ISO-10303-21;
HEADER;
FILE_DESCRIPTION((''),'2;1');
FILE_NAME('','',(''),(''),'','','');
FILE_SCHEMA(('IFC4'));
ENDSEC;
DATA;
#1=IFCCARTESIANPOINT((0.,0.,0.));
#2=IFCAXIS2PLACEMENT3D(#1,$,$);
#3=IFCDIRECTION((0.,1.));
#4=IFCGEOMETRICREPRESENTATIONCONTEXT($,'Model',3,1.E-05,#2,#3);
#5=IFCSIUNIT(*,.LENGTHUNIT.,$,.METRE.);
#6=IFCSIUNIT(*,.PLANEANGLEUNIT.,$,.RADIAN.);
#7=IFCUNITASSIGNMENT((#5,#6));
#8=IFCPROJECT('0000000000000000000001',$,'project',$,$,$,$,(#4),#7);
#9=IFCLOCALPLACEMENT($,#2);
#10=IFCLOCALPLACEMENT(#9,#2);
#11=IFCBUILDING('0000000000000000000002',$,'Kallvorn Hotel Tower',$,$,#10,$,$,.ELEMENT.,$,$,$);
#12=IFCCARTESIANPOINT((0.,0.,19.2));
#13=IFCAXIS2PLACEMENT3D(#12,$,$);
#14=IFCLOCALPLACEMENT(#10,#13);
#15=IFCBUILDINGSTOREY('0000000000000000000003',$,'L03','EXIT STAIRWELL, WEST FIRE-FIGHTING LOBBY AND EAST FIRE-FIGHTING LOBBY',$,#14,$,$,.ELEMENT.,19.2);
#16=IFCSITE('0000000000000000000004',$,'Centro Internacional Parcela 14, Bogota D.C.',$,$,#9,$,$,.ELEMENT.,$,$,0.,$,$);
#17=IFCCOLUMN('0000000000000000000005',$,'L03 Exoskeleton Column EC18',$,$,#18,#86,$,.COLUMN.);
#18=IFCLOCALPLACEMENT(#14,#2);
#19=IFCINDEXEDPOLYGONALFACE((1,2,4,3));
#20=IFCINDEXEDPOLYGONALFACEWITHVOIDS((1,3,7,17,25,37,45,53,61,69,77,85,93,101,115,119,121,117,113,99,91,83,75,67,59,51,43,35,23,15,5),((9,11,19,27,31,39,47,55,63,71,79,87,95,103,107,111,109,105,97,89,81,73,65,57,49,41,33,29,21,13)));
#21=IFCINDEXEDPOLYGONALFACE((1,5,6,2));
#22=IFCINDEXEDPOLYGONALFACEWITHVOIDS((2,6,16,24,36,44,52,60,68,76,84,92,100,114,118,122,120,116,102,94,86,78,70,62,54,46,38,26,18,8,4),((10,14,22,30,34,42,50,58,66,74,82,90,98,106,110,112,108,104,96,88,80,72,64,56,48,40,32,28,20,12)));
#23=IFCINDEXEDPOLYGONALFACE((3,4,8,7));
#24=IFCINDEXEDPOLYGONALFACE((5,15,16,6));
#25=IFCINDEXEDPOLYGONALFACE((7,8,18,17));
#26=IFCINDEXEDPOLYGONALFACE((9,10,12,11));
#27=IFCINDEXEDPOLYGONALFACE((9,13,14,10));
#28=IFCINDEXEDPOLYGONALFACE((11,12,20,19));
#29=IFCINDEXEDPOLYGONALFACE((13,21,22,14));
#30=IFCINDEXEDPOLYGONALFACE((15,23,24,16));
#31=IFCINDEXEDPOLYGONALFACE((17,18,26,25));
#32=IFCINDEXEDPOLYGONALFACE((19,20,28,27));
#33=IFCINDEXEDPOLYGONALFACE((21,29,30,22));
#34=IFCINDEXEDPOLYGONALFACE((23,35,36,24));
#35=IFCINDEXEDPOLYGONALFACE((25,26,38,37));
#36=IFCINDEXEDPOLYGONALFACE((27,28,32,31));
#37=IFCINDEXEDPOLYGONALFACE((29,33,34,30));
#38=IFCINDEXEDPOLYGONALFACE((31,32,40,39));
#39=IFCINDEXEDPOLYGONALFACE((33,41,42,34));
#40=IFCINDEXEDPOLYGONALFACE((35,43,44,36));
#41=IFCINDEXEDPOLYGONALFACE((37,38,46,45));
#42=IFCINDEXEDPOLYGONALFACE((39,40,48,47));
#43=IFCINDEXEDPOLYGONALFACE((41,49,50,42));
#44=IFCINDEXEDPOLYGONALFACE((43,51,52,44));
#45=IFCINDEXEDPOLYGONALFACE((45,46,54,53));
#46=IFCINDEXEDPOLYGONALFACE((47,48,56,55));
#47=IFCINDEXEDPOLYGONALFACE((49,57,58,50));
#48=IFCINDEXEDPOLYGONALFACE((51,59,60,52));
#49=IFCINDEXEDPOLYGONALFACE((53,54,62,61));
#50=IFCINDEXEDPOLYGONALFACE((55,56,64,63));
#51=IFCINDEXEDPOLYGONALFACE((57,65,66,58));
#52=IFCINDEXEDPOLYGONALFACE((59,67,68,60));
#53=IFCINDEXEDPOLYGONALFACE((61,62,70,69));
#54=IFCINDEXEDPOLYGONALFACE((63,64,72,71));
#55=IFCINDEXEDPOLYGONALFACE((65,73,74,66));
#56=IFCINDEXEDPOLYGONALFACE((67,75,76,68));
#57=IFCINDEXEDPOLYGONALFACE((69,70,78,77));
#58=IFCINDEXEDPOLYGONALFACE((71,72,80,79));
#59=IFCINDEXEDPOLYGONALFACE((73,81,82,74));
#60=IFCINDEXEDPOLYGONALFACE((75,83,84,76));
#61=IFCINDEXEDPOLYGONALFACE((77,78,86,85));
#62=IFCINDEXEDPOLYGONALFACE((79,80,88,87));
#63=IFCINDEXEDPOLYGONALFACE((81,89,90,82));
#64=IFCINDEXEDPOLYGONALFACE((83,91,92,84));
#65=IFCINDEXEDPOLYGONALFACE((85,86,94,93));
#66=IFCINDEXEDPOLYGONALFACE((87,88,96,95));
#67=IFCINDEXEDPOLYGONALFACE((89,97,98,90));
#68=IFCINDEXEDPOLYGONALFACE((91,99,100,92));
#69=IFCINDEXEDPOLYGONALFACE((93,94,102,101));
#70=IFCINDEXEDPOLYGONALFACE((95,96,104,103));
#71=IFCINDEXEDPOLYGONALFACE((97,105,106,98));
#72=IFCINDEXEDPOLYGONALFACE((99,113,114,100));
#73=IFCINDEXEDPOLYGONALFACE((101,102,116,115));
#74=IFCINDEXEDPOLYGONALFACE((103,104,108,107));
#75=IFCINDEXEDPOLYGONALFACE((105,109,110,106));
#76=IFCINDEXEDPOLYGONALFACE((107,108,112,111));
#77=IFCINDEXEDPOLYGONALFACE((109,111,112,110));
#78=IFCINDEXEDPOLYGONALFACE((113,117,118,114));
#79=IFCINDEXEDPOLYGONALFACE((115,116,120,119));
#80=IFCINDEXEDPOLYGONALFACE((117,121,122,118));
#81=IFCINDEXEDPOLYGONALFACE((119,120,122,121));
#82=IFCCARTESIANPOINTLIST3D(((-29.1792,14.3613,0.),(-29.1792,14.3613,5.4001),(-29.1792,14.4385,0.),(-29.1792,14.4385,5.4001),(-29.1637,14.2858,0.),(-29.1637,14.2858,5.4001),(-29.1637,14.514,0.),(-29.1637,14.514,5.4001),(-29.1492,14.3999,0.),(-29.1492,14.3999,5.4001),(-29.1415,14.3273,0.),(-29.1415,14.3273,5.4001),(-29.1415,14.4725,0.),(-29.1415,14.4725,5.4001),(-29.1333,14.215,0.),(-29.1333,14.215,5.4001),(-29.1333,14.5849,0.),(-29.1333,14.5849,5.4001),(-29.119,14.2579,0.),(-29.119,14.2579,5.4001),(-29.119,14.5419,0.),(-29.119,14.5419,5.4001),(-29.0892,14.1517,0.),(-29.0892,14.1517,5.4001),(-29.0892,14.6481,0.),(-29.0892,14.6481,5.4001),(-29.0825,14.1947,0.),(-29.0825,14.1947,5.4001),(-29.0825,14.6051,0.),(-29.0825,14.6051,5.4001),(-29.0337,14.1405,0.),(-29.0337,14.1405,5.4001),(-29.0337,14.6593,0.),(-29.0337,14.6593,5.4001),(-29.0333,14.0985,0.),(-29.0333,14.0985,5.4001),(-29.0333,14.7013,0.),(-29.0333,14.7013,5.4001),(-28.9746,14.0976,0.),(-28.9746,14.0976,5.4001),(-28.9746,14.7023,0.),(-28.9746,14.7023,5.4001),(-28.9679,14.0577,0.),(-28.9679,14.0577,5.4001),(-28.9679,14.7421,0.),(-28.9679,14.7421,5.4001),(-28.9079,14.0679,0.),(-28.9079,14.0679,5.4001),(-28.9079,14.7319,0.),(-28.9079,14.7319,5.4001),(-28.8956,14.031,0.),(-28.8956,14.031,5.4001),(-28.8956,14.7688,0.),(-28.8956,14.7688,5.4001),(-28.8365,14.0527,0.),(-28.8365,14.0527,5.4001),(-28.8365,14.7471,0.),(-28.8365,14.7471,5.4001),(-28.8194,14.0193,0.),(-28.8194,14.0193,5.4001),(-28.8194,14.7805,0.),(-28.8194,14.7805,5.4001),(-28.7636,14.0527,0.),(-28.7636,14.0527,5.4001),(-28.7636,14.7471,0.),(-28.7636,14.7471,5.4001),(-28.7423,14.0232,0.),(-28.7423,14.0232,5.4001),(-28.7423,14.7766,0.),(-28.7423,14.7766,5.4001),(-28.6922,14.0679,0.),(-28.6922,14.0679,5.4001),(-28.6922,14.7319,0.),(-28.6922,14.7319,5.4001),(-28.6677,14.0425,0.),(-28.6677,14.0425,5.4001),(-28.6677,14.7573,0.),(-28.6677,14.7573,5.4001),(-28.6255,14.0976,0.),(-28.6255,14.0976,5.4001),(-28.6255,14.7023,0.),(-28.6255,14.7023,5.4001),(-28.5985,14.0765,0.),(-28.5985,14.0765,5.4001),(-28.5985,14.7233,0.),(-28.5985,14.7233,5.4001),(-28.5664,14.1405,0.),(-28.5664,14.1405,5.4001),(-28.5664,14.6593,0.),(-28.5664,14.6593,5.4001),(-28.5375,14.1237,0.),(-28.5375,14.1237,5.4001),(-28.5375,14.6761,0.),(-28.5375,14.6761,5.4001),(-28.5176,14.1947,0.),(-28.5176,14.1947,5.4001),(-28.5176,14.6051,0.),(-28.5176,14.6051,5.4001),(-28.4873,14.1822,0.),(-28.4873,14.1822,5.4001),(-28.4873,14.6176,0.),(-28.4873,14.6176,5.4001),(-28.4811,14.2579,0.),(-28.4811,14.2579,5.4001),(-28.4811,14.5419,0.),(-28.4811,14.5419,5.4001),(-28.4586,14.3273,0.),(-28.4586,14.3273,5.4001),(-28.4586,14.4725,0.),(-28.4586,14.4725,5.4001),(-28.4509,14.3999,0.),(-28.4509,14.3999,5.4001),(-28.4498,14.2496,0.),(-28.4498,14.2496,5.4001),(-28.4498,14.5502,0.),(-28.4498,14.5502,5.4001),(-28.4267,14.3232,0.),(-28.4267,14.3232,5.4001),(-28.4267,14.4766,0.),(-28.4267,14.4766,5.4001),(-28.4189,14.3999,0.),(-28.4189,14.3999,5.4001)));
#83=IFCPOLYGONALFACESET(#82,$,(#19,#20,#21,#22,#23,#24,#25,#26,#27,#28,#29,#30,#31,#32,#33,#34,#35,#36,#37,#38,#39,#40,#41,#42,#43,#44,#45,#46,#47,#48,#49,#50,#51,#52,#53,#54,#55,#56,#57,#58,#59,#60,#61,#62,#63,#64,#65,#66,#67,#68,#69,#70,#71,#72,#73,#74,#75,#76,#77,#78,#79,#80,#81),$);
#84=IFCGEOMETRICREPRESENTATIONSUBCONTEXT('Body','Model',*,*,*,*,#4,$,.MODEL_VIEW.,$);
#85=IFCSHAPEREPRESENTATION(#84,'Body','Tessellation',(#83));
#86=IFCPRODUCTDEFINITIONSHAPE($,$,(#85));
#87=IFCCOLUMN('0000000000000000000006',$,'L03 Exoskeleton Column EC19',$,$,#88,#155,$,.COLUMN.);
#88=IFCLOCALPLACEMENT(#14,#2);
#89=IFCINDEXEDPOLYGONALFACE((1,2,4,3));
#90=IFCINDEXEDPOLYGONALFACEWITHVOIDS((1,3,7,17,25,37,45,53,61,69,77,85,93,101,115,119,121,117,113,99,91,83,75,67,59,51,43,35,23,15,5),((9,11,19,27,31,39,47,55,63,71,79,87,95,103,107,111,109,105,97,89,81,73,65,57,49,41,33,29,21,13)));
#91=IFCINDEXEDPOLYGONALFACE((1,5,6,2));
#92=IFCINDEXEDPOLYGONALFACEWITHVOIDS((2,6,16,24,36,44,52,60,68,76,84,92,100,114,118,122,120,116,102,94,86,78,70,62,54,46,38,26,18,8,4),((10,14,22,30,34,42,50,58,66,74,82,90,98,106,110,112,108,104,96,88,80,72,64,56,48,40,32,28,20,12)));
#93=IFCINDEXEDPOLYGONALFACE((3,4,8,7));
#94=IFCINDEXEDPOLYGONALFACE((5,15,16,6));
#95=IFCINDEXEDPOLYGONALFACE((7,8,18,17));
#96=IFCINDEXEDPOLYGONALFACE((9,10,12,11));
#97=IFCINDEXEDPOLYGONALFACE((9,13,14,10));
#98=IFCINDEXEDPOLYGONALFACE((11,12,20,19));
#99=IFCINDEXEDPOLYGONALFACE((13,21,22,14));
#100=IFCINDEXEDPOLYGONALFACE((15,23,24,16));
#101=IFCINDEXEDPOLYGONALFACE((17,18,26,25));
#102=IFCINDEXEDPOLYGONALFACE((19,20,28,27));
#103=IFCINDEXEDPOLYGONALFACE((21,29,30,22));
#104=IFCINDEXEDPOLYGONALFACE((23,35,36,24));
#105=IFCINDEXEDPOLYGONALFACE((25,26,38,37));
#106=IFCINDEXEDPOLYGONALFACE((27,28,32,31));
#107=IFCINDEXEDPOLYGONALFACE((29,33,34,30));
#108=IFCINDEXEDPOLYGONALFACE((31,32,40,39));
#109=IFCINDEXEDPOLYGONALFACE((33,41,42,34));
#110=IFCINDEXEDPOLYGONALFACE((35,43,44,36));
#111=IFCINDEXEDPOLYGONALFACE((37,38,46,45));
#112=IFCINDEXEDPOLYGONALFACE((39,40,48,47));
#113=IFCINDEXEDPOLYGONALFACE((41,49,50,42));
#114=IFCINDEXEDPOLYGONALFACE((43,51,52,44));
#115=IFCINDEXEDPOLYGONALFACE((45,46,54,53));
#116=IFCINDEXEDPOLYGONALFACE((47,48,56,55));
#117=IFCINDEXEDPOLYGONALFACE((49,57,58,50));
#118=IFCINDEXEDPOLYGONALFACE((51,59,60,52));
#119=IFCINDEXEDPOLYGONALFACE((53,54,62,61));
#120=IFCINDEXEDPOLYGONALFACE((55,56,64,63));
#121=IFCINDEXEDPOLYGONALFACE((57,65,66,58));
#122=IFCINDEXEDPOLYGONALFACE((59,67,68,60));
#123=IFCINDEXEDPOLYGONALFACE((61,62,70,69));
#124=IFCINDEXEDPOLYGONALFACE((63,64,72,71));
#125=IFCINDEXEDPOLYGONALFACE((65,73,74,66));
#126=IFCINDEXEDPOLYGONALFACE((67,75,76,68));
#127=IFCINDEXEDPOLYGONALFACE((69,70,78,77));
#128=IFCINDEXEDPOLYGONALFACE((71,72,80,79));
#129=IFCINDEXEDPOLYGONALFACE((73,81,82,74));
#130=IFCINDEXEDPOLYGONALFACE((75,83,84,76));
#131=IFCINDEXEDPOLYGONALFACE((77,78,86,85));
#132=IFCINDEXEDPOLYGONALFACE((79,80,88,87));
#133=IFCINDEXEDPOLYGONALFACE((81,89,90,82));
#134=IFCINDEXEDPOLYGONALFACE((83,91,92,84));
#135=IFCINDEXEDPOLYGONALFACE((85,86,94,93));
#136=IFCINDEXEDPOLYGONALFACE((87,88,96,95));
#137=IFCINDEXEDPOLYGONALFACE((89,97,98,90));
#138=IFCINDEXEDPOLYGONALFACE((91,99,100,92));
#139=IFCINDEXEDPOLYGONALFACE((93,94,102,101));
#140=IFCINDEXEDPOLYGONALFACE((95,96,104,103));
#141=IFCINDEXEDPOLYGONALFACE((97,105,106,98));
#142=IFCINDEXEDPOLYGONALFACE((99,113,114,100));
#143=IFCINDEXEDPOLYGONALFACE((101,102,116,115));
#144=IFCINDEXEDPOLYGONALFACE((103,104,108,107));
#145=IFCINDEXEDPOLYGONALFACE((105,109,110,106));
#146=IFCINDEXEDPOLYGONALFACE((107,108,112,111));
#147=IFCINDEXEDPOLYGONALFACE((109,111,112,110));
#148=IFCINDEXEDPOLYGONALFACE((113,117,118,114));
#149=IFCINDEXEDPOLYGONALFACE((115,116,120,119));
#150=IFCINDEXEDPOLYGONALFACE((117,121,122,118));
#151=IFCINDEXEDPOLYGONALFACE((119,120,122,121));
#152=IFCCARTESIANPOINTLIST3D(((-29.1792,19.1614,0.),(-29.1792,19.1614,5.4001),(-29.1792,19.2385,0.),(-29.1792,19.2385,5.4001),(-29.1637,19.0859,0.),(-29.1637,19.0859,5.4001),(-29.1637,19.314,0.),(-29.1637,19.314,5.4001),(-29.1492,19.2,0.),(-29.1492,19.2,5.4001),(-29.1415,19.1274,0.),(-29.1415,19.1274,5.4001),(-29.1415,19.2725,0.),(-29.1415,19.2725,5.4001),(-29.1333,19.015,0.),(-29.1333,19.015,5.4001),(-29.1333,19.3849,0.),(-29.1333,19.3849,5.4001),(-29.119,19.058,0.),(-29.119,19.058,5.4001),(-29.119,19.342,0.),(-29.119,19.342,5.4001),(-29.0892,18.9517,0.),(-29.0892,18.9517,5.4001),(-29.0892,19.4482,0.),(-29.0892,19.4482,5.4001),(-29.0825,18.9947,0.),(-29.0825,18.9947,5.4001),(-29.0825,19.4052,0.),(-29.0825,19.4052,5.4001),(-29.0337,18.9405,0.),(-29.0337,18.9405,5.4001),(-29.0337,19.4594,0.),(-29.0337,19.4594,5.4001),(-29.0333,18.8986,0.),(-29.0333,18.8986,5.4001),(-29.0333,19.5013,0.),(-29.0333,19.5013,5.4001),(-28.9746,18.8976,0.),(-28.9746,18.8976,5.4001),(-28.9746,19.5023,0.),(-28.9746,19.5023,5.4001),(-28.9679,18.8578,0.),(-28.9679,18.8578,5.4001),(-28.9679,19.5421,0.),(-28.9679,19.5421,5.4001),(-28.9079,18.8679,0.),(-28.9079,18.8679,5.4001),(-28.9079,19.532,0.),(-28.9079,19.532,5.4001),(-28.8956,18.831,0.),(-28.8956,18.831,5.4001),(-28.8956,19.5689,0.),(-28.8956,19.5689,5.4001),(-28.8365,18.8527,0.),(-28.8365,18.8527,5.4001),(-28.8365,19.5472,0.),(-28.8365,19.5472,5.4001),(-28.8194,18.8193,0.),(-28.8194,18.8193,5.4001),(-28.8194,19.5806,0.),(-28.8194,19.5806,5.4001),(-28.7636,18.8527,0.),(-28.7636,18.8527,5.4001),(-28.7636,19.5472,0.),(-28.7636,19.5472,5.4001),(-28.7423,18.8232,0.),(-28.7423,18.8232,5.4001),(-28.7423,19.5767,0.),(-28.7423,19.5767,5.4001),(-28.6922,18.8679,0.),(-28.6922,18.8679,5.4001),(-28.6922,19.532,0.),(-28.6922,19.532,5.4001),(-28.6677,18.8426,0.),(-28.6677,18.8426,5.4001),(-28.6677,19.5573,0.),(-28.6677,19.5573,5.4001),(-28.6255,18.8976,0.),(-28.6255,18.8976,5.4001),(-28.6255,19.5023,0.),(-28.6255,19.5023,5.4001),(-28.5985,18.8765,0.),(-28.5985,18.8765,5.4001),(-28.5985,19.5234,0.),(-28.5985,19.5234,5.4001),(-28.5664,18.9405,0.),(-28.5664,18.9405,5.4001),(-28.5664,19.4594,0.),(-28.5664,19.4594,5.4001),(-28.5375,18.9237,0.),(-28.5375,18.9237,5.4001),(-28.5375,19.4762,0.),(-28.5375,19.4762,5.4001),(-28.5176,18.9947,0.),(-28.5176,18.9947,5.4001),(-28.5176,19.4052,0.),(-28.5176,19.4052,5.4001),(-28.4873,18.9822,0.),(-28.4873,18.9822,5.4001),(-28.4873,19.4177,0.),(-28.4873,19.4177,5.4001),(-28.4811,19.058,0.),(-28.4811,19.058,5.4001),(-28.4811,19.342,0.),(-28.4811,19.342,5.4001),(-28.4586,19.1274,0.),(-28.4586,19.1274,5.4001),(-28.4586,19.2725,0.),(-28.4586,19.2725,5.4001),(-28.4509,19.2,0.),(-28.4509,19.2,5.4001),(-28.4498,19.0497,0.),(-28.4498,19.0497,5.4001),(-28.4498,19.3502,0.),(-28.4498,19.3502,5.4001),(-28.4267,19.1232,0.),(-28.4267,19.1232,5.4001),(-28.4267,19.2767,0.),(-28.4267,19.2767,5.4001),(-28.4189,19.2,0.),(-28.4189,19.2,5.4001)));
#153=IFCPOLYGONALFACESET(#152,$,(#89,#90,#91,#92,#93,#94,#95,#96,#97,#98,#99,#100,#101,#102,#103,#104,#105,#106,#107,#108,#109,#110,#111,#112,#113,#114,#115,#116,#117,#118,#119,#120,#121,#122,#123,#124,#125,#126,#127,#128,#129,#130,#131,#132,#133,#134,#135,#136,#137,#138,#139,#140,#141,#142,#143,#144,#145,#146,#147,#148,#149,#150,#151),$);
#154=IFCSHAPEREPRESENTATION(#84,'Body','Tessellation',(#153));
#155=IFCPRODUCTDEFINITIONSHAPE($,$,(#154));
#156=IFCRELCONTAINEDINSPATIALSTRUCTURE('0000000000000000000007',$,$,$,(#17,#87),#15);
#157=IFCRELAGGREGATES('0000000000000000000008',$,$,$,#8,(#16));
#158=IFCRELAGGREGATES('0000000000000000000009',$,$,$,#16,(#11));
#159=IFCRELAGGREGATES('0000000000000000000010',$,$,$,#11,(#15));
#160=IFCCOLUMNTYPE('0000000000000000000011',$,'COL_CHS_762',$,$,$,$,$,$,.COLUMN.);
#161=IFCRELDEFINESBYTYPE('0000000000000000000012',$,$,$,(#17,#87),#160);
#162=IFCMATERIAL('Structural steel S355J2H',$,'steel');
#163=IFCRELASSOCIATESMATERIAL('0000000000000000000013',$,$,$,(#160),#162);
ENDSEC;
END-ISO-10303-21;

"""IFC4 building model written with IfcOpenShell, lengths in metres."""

from ifc_helpers import new_model, si_unit, direction, frame, origin, origin_2d, place, context, subcontext, project, spatial, hollow_circle, extrude, material, material_profile, profile_set, type_object, element, save


model = new_model("IFC4")

# Units and contexts
model_context = context("Model", 3, precision=1e-05, world=origin(), true_north=direction((0.0, 1.0)))
body_context = subcontext(model_context, "Body", "Model", "MODEL_VIEW")
ifc_project = project(units=[si_unit("LENGTHUNIT", "METRE"), si_unit("PLANEANGLEUNIT", "RADIAN")], contexts=[model_context])

# Site, building, storey
site_placement = place(None, origin())
site = spatial("IfcSite", under=ifc_project, at=site_placement, Name="Centro Internacional Parcela 14, Bogota D.C.", CompositionType="ELEMENT", RefElevation=0.0)
building_placement = place(site_placement, origin())
building = spatial("IfcBuilding", under=site, at=building_placement, Name="Kallvorn Hotel Tower", CompositionType="ELEMENT")
storey_placement = place(building_placement, frame((0.0, 0.0, 19.2)))
storey = spatial("IfcBuildingStorey", under=building, at=storey_placement, Name="L03", Description="EXIT STAIRWELL, WEST FIRE-FIGHTING LOBBY AND EAST FIRE-FIGHTING LOBBY", CompositionType="ELEMENT", Elevation=19.2)

# Columns
ifc_material_1 = material(Name="Structural steel S355J2H", Category="steel")
ifc_material_profile_1 = material_profile(ifc_material_1, hollow_circle(Radius=0.3811, WallThickness=0.032, at=origin_2d()), Name="CHS 762x32")
ifc_profile_set_1 = profile_set([ifc_material_profile_1], Name="Structural steel S355J2H")
column_type_1 = type_object("IfcColumnType", Name="COL_CHS_762", PredefinedType="COLUMN", material=ifc_profile_set_1)
for number, where, z_axis, x_axis, name in (
    (1, (-28.8, 14.3999, 0.0), (0.0, 0.0, 1.0), (1.0, 0.0, 0.0), "L03 Exoskeleton Column EC18"),
    (2, (-28.8, 19.2, 0.0), (0.0, 0.0, 1.0), (1.0, 0.0, 0.0), "L03 Exoskeleton Column EC19"),
):
    element("IfcColumn", number, at=place(storey_placement, frame(where, z_axis=z_axis, x_axis=x_axis)), inside=storey, type_object=column_type_1, Name=name, PredefinedType="COLUMN", context=body_context, shape_type="SweptSolid", body=[
        extrude(hollow_circle(Radius=0.3811, WallThickness=0.032, at=origin_2d()), origin(), (0.0, 0.0, 1.0), 5.4001),
    ])

save(model, "model.ifc")
